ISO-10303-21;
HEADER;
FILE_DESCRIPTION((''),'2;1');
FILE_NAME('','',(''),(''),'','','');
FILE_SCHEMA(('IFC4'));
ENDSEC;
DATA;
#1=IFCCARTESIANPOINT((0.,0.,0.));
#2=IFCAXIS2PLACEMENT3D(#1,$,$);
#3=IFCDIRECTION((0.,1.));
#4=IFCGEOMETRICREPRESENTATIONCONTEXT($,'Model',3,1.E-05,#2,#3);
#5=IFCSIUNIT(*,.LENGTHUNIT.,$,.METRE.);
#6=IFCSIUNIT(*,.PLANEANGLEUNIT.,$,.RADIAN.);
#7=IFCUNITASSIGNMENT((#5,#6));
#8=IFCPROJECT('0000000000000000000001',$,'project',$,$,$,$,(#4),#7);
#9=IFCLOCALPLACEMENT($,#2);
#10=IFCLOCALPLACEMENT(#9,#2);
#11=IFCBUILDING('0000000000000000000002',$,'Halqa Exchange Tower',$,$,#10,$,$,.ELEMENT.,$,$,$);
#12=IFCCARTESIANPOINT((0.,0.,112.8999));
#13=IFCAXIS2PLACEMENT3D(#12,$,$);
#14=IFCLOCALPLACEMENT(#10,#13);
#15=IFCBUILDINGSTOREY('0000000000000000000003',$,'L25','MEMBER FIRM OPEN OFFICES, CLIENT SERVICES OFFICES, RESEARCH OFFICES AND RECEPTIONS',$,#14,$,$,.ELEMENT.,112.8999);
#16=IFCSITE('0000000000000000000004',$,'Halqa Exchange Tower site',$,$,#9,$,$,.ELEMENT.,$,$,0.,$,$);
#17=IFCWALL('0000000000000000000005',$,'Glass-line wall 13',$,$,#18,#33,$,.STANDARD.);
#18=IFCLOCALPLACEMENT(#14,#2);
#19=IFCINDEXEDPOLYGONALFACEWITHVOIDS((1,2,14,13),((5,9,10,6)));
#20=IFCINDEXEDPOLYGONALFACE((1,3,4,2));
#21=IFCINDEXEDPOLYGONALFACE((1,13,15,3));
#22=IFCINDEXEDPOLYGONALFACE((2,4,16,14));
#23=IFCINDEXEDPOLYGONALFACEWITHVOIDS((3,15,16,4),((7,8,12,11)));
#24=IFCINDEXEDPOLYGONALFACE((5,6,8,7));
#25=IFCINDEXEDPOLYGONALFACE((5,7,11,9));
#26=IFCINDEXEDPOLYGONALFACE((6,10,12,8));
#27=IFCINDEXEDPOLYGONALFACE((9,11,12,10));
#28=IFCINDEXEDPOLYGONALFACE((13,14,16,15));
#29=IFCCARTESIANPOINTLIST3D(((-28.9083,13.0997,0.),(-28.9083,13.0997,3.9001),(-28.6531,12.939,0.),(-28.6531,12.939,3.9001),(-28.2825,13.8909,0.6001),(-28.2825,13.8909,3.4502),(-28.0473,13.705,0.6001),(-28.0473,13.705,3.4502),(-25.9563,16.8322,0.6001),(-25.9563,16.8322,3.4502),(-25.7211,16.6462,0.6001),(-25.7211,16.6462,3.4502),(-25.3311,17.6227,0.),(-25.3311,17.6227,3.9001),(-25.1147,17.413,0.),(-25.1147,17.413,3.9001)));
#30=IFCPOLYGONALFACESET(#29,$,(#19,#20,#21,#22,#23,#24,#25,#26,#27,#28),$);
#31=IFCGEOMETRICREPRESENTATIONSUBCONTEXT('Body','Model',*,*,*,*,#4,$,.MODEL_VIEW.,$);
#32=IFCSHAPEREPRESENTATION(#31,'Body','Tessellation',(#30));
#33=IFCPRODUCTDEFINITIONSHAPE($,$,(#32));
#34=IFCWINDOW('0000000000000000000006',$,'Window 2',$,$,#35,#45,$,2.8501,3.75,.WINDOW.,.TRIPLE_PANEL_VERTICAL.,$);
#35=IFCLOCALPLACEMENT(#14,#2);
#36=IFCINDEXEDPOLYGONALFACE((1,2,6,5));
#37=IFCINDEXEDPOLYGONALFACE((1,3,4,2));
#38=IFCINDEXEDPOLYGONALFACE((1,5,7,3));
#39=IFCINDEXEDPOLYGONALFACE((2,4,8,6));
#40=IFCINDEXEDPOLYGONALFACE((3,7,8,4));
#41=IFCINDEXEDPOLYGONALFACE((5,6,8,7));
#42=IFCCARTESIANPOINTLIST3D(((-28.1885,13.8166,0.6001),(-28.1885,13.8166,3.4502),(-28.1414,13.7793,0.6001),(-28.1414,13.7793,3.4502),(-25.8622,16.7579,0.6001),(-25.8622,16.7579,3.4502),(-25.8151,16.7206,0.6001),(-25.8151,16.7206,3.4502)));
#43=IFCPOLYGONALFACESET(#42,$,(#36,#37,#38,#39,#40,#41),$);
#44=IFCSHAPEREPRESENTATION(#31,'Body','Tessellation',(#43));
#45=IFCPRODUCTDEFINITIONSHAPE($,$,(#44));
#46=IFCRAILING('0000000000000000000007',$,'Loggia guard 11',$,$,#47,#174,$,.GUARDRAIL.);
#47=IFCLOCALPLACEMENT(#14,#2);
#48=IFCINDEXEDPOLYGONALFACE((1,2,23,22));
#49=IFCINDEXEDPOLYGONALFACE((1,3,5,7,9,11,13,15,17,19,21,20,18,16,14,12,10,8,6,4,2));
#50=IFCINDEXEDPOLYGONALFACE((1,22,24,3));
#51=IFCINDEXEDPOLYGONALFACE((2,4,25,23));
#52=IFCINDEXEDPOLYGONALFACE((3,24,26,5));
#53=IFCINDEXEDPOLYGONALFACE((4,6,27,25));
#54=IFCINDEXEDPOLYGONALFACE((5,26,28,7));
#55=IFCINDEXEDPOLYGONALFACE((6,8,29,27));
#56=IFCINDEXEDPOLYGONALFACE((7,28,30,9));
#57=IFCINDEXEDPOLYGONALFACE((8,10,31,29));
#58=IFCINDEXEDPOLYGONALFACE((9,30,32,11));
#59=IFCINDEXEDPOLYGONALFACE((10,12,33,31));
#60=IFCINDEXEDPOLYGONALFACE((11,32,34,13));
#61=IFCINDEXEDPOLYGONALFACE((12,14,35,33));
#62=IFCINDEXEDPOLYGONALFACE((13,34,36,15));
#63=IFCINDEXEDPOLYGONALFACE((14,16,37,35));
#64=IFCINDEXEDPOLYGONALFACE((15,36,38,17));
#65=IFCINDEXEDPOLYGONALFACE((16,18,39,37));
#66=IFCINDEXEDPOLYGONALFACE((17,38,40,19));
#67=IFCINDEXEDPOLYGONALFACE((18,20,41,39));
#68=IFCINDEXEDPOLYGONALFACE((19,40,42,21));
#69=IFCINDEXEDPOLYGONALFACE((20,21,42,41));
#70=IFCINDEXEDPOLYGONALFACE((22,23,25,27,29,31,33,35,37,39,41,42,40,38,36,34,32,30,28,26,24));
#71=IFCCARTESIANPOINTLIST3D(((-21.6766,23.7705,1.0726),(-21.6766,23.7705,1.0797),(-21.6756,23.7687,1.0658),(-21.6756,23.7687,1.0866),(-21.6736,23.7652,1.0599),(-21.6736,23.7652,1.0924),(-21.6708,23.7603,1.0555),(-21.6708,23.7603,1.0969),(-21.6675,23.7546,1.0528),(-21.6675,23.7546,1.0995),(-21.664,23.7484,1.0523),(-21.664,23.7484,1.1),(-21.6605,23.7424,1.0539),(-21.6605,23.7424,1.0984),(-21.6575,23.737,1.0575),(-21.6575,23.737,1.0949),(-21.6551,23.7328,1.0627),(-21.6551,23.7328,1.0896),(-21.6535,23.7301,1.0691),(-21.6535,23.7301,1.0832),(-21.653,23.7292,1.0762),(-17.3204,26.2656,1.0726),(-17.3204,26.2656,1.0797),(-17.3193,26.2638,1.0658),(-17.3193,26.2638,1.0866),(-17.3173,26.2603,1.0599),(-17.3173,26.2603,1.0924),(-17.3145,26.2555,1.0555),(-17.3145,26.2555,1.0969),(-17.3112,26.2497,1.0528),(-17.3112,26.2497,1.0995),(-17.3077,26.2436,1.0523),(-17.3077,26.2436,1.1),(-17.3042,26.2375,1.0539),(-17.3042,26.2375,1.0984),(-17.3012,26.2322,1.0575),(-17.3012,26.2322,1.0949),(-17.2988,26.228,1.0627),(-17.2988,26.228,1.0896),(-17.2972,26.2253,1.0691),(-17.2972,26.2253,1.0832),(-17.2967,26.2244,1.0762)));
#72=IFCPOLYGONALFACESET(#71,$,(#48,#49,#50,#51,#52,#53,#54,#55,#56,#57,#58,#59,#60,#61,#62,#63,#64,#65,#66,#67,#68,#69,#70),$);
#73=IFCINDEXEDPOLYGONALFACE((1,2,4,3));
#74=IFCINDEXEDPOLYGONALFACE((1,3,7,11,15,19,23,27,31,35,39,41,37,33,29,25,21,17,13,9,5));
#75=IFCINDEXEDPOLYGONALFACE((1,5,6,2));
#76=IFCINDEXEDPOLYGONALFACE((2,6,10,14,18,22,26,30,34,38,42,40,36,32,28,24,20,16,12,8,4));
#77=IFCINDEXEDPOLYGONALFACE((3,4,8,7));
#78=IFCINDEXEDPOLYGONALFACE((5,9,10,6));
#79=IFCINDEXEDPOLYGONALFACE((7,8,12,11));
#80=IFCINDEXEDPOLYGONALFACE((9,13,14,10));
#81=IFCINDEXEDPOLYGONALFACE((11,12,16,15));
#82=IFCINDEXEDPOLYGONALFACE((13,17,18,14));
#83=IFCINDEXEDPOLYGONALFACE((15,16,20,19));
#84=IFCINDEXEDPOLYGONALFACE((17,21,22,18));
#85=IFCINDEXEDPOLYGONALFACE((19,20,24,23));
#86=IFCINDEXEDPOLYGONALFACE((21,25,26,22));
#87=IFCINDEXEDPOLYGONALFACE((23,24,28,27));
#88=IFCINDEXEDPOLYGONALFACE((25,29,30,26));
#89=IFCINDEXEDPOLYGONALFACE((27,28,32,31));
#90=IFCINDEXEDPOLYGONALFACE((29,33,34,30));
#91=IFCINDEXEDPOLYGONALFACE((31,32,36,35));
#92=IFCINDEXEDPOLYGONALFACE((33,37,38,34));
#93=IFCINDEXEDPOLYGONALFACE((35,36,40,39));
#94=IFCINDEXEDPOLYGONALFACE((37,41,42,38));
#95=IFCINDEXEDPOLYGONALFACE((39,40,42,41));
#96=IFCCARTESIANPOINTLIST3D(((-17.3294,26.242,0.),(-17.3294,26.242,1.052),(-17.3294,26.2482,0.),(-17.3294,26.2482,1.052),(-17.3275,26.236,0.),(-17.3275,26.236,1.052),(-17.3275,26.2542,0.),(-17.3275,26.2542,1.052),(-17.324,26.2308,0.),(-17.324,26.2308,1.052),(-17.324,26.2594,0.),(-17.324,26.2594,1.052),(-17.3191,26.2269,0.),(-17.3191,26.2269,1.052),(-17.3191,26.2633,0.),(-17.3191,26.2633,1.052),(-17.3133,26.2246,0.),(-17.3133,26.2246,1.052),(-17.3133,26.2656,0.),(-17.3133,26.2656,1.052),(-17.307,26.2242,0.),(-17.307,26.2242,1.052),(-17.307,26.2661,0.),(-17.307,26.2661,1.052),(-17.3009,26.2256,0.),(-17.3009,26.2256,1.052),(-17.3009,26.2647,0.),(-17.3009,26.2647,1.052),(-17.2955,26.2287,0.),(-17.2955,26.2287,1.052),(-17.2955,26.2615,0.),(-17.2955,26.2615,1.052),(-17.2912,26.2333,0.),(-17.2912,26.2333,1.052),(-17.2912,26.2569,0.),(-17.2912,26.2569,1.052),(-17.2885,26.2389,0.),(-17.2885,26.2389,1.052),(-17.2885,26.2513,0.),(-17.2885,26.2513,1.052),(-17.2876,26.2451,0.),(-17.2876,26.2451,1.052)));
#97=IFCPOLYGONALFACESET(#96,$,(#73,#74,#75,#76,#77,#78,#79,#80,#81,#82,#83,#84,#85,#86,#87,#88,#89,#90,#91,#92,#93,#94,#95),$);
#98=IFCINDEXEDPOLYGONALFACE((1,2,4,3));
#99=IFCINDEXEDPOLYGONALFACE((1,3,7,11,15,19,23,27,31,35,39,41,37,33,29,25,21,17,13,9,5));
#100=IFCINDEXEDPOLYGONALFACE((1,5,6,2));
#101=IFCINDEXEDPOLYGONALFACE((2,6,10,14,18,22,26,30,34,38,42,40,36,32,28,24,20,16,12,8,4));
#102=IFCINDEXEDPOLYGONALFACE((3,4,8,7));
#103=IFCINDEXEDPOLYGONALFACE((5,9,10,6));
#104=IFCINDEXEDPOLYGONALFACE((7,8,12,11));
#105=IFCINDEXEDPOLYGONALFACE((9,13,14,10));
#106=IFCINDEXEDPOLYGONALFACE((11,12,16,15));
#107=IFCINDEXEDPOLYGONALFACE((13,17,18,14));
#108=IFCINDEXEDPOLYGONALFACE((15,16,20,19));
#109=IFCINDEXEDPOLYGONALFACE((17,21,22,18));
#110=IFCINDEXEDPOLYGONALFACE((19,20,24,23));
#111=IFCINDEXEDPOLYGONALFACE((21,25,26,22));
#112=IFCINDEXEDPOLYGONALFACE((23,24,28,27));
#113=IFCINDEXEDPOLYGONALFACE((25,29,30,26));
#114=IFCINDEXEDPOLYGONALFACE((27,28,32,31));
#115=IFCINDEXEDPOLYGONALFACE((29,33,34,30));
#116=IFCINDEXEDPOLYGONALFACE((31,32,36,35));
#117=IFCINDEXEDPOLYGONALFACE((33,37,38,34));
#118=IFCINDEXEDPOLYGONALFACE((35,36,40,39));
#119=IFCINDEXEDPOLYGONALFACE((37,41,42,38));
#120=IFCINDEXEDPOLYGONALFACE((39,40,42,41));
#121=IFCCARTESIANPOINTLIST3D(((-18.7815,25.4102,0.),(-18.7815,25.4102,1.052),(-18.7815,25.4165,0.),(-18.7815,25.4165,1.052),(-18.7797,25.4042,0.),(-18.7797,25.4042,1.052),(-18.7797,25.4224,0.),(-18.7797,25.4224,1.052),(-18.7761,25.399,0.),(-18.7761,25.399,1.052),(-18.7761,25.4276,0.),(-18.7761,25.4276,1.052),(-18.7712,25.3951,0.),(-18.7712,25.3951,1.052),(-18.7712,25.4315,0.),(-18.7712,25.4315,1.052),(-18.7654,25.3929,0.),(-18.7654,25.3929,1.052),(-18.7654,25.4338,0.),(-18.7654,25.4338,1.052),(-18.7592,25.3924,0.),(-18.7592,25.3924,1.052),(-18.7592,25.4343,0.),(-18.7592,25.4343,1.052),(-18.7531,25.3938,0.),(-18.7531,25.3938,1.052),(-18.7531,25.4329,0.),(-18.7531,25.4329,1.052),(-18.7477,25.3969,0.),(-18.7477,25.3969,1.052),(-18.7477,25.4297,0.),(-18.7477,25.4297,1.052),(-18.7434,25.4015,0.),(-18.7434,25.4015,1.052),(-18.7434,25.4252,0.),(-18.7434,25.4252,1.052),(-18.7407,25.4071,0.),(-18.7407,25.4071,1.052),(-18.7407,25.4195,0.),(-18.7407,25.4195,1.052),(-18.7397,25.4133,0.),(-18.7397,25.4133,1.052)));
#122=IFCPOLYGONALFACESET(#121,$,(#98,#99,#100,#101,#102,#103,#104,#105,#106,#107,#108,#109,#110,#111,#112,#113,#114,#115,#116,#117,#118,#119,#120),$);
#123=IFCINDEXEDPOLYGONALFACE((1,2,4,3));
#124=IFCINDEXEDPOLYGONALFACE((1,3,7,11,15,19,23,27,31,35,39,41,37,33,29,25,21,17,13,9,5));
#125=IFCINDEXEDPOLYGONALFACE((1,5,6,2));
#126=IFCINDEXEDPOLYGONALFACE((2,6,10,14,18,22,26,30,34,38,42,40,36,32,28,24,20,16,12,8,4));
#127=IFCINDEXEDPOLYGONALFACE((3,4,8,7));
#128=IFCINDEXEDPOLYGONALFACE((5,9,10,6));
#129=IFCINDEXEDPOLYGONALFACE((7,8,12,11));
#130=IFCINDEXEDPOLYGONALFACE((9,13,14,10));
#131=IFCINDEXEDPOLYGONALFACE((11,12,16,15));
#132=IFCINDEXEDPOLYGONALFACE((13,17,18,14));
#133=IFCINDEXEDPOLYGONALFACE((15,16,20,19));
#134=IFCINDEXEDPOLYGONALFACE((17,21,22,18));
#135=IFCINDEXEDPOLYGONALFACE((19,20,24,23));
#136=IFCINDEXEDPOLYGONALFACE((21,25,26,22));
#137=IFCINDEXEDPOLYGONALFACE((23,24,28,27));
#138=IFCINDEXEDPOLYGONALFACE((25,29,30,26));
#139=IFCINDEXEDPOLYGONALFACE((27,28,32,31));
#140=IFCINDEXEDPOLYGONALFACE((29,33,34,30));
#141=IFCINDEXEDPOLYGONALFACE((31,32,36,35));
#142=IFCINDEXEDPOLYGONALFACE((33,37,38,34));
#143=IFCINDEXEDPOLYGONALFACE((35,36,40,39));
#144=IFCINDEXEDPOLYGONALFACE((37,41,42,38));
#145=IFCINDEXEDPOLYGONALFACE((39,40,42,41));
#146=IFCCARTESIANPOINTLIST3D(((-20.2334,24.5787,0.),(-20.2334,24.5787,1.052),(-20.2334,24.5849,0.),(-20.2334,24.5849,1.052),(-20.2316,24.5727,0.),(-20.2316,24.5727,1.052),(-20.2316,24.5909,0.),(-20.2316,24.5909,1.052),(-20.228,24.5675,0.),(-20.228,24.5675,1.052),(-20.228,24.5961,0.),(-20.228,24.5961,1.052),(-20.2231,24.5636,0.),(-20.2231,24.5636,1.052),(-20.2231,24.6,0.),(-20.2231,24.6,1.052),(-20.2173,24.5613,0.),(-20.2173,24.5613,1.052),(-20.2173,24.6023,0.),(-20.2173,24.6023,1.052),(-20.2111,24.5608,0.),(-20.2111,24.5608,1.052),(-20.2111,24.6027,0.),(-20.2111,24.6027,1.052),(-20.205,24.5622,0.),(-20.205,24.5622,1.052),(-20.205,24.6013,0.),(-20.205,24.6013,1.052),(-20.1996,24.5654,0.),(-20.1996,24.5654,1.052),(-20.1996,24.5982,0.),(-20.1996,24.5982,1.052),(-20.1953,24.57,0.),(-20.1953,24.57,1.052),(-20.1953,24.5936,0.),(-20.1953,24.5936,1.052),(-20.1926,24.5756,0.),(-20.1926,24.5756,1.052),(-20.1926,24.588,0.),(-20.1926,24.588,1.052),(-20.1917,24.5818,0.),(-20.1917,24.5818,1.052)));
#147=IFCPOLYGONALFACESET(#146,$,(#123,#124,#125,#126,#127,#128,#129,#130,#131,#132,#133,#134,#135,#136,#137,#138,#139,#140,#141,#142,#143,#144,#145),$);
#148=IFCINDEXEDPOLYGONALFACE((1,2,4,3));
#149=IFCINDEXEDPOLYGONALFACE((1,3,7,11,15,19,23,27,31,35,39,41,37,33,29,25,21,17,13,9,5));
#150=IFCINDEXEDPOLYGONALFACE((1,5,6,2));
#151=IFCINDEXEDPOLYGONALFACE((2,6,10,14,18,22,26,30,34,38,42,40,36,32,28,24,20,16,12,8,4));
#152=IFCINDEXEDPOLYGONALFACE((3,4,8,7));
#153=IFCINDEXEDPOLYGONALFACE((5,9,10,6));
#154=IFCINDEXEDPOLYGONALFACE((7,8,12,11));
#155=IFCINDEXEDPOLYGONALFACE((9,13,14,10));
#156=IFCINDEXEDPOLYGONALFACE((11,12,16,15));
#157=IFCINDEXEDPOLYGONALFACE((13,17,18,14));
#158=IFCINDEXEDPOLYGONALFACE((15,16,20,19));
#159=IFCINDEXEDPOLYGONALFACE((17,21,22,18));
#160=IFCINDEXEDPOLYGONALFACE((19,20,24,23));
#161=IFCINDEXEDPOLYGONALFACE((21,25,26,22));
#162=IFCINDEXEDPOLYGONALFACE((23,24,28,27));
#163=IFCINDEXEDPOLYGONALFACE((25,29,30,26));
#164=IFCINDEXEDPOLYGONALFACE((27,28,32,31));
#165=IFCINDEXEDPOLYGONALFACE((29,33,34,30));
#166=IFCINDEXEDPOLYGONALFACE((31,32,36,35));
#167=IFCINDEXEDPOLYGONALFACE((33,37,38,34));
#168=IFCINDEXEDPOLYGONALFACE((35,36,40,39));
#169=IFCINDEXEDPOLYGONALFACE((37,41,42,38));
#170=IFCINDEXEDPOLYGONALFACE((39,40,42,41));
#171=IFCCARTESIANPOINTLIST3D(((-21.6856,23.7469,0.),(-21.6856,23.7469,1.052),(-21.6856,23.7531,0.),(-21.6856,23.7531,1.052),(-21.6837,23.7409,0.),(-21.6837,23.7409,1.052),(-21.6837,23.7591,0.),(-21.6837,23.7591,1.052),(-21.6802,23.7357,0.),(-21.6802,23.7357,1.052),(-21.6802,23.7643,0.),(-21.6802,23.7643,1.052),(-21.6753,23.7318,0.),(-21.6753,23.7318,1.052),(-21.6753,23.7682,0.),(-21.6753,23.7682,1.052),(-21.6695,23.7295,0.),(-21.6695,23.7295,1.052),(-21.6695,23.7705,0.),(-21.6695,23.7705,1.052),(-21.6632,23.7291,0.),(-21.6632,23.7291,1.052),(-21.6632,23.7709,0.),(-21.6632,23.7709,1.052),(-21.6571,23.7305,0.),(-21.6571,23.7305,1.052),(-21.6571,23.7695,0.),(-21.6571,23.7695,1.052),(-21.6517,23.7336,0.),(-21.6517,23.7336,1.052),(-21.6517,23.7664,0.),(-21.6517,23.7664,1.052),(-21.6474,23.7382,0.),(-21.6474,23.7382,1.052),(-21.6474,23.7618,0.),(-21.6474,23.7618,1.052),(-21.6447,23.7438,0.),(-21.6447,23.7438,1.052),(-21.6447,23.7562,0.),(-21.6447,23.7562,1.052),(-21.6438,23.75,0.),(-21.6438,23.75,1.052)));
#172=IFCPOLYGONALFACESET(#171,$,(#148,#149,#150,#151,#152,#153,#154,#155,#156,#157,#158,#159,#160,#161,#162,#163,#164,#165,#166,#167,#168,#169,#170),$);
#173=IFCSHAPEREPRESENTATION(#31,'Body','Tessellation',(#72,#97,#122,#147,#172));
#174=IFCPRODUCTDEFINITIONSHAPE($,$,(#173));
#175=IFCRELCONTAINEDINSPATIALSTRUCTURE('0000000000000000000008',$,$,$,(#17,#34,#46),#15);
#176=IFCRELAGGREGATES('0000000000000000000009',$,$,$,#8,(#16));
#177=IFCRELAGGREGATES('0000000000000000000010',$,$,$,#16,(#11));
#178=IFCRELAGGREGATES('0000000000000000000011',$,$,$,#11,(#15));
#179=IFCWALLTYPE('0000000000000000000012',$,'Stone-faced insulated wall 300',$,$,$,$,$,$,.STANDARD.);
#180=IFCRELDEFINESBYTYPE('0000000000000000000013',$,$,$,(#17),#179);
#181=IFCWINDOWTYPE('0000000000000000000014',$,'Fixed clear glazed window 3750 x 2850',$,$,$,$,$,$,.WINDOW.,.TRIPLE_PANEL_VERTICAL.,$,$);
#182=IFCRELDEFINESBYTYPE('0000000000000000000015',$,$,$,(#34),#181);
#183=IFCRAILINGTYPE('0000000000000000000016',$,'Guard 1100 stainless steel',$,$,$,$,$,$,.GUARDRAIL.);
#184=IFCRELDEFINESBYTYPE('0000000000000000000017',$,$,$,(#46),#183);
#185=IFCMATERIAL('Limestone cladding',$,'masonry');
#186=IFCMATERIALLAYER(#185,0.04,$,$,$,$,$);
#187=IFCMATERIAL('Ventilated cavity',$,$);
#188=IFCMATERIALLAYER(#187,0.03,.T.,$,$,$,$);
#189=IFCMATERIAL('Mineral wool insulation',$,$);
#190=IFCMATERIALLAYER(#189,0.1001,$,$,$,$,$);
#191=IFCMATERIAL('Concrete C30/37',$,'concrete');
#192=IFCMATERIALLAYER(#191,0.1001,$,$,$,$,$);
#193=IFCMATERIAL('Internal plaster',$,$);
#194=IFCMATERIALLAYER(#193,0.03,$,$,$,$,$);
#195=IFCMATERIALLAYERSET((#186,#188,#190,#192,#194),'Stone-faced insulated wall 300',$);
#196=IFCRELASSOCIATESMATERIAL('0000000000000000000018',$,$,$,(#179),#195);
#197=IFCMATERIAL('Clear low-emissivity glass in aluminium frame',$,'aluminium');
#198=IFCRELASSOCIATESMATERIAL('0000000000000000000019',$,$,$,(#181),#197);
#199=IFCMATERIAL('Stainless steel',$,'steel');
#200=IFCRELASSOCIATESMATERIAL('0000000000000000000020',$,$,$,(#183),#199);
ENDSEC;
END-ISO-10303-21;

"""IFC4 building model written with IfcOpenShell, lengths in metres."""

from ifc_helpers import new_model, si_unit, direction, frame, frame_2d, origin, origin_2d, place, context, subcontext, project, spatial, polyline, rectangle, circle, outline, extrude, material, layer, layer_set, type_object, element, fill, save


model = new_model("IFC4")

# Units and contexts
model_context = context("Model", 3, precision=1e-05, world=origin(), true_north=direction((0.0, 1.0)))
body_context = subcontext(model_context, "Body", "Model", "MODEL_VIEW")
ifc_project = project(units=[si_unit("LENGTHUNIT", "METRE"), si_unit("PLANEANGLEUNIT", "RADIAN")], contexts=[model_context])

# Site, building, storey
site_placement = place(None, origin())
site = spatial("IfcSite", under=ifc_project, at=site_placement, Name="Halqa Exchange Tower site", CompositionType="ELEMENT", RefElevation=0.0)
building_placement = place(site_placement, origin())
building = spatial("IfcBuilding", under=site, at=building_placement, Name="Halqa Exchange Tower", CompositionType="ELEMENT")
storey_placement = place(building_placement, frame((0.0, 0.0, 112.8999)))
storey = spatial("IfcBuildingStorey", under=building, at=storey_placement, Name="L25", Description="MEMBER FIRM OPEN OFFICES, CLIENT SERVICES OFFICES, RESEARCH OFFICES AND RECEPTIONS", CompositionType="ELEMENT", Elevation=112.8999)

# Shared definitions
ifc_material_1 = material(Name="Limestone cladding", Category="masonry")
ifc_layer_1 = layer(ifc_material_1, 0.04)
ifc_material_2 = material(Name="Ventilated cavity")
ifc_layer_2 = layer(ifc_material_2, 0.03, ventilated=True)
ifc_material_3 = material(Name="Mineral wool insulation")
ifc_layer_3 = layer(ifc_material_3, 0.1001)
ifc_material_4 = material(Name="Concrete C30/37", Category="concrete")
ifc_layer_4 = layer(ifc_material_4, 0.1001)
ifc_material_5 = material(Name="Internal plaster")
ifc_layer_5 = layer(ifc_material_5, 0.03)
ifc_layer_set_1 = layer_set([ifc_layer_1, ifc_layer_2, ifc_layer_3, ifc_layer_4, ifc_layer_5], Name="Stone-faced insulated wall 300")
wall_type_1 = type_object("IfcWallType", Name="Stone-faced insulated wall 300", PredefinedType="STANDARD", material=ifc_layer_set_1)
ifc_material_6 = material(Name="Clear low-emissivity glass in aluminium frame", Category="aluminium")
window_type = type_object("IfcWindowType", Name="Fixed clear glazed window 3750 x 2850", PartitioningType="TRIPLE_PANEL_VERTICAL", PredefinedType="WINDOW", material=ifc_material_6)

# Wall, opening, window
wall_1_placement = place(storey_placement, frame((-25.2229, 17.5178, 0.0), z_axis=(0.0, 0.0, 1.0), x_axis=(-0.62033, -0.784341, 0.0)))
wall_1 = element("IfcWall", 1, at=wall_1_placement, inside=storey, type_object=wall_type_1, Name="Glass-line wall 13", PredefinedType="STANDARD", context=body_context, shape_type="SweptSolid", body=[
    extrude(outline(polyline([(-0.0151, -0.1499), (5.7515, -0.1499), (5.7192, 0.1499), (0.0151, 0.1499), (-0.0151, -0.1499)])), origin(), (0.0, 0.0, 1.0), 3.9001),
])
opening_1_placement = place(wall_1_placement, frame((0.9927, 0.0, 0.6001)))
opening_1 = element("IfcOpeningElement", 2, at=opening_1_placement, cuts=wall_1, PredefinedType="OPENING", context=body_context, shape_type="SweptSolid", body=[
    extrude(rectangle(XDim=3.75, YDim=2.8501, at=frame_2d((1.875, 1.425))), frame((0.0, 0.1621, 0.0), z_axis=(0.0, -1.0, 0.0), x_axis=(1.0, 0.0, 0.0)), (0.0, 0.0, 1.0), 0.324),
])
window_1_placement = place(opening_1_placement, origin())
window_1 = element("IfcWindow", 3, at=window_1_placement, inside=storey, type_object=window_type, Name="Window 2", OverallHeight=2.8501, OverallWidth=3.75, PartitioningType="TRIPLE_PANEL_VERTICAL", PredefinedType="WINDOW", context=body_context, shape_type="SweptSolid", body=[
    extrude(rectangle(XDim=3.75, YDim=2.8501, at=frame_2d((1.875, 1.425))), frame((0.0, 0.03, 0.0), z_axis=(0.0, -1.0, 0.0), x_axis=(1.0, 0.0, 0.0)), (0.0, 0.0, 1.0), 0.0601),
])
fill(opening_1, window_1)

# Railing
ifc_material_7 = material(Name="Stainless steel", Category="steel")
railing_type = type_object("IfcRailingType", Name="Guard 1100 stainless steel", PredefinedType="GUARDRAIL", material=ifc_material_7)
railing_1_placement = place(storey_placement, frame((-17.3086, 26.2451, 0.0)))
element("IfcRailing", 4, at=railing_1_placement, inside=storey, type_object=railing_type, Name="Loggia guard 11", PredefinedType="GUARDRAIL", context=body_context, shape_type="SweptSolid", body=[
    extrude(circle(Radius=0.0239, at=origin_2d()), frame((0.0, 0.0, 1.0762), z_axis=(-0.86774, -0.497019, 0.0), x_axis=(0.497019, -0.86774, 0.0)), (0.0, 0.0, 1.0), 5.0203),
    extrude(circle(Radius=0.021, at=origin_2d()), origin(), (0.0, 0.0, 1.0), 1.052),
    extrude(circle(Radius=0.021, at=origin_2d()), frame((-1.4521, -0.8318, 0.0)), (0.0, 0.0, 1.0), 1.052),
    extrude(circle(Radius=0.021, at=origin_2d()), frame((-2.9041, -1.6633, 0.0)), (0.0, 0.0, 1.0), 1.052),
    extrude(circle(Radius=0.021, at=origin_2d()), frame((-4.3562, -2.4951, 0.0)), (0.0, 0.0, 1.0), 1.052),
])

save(model, "model.ifc")
